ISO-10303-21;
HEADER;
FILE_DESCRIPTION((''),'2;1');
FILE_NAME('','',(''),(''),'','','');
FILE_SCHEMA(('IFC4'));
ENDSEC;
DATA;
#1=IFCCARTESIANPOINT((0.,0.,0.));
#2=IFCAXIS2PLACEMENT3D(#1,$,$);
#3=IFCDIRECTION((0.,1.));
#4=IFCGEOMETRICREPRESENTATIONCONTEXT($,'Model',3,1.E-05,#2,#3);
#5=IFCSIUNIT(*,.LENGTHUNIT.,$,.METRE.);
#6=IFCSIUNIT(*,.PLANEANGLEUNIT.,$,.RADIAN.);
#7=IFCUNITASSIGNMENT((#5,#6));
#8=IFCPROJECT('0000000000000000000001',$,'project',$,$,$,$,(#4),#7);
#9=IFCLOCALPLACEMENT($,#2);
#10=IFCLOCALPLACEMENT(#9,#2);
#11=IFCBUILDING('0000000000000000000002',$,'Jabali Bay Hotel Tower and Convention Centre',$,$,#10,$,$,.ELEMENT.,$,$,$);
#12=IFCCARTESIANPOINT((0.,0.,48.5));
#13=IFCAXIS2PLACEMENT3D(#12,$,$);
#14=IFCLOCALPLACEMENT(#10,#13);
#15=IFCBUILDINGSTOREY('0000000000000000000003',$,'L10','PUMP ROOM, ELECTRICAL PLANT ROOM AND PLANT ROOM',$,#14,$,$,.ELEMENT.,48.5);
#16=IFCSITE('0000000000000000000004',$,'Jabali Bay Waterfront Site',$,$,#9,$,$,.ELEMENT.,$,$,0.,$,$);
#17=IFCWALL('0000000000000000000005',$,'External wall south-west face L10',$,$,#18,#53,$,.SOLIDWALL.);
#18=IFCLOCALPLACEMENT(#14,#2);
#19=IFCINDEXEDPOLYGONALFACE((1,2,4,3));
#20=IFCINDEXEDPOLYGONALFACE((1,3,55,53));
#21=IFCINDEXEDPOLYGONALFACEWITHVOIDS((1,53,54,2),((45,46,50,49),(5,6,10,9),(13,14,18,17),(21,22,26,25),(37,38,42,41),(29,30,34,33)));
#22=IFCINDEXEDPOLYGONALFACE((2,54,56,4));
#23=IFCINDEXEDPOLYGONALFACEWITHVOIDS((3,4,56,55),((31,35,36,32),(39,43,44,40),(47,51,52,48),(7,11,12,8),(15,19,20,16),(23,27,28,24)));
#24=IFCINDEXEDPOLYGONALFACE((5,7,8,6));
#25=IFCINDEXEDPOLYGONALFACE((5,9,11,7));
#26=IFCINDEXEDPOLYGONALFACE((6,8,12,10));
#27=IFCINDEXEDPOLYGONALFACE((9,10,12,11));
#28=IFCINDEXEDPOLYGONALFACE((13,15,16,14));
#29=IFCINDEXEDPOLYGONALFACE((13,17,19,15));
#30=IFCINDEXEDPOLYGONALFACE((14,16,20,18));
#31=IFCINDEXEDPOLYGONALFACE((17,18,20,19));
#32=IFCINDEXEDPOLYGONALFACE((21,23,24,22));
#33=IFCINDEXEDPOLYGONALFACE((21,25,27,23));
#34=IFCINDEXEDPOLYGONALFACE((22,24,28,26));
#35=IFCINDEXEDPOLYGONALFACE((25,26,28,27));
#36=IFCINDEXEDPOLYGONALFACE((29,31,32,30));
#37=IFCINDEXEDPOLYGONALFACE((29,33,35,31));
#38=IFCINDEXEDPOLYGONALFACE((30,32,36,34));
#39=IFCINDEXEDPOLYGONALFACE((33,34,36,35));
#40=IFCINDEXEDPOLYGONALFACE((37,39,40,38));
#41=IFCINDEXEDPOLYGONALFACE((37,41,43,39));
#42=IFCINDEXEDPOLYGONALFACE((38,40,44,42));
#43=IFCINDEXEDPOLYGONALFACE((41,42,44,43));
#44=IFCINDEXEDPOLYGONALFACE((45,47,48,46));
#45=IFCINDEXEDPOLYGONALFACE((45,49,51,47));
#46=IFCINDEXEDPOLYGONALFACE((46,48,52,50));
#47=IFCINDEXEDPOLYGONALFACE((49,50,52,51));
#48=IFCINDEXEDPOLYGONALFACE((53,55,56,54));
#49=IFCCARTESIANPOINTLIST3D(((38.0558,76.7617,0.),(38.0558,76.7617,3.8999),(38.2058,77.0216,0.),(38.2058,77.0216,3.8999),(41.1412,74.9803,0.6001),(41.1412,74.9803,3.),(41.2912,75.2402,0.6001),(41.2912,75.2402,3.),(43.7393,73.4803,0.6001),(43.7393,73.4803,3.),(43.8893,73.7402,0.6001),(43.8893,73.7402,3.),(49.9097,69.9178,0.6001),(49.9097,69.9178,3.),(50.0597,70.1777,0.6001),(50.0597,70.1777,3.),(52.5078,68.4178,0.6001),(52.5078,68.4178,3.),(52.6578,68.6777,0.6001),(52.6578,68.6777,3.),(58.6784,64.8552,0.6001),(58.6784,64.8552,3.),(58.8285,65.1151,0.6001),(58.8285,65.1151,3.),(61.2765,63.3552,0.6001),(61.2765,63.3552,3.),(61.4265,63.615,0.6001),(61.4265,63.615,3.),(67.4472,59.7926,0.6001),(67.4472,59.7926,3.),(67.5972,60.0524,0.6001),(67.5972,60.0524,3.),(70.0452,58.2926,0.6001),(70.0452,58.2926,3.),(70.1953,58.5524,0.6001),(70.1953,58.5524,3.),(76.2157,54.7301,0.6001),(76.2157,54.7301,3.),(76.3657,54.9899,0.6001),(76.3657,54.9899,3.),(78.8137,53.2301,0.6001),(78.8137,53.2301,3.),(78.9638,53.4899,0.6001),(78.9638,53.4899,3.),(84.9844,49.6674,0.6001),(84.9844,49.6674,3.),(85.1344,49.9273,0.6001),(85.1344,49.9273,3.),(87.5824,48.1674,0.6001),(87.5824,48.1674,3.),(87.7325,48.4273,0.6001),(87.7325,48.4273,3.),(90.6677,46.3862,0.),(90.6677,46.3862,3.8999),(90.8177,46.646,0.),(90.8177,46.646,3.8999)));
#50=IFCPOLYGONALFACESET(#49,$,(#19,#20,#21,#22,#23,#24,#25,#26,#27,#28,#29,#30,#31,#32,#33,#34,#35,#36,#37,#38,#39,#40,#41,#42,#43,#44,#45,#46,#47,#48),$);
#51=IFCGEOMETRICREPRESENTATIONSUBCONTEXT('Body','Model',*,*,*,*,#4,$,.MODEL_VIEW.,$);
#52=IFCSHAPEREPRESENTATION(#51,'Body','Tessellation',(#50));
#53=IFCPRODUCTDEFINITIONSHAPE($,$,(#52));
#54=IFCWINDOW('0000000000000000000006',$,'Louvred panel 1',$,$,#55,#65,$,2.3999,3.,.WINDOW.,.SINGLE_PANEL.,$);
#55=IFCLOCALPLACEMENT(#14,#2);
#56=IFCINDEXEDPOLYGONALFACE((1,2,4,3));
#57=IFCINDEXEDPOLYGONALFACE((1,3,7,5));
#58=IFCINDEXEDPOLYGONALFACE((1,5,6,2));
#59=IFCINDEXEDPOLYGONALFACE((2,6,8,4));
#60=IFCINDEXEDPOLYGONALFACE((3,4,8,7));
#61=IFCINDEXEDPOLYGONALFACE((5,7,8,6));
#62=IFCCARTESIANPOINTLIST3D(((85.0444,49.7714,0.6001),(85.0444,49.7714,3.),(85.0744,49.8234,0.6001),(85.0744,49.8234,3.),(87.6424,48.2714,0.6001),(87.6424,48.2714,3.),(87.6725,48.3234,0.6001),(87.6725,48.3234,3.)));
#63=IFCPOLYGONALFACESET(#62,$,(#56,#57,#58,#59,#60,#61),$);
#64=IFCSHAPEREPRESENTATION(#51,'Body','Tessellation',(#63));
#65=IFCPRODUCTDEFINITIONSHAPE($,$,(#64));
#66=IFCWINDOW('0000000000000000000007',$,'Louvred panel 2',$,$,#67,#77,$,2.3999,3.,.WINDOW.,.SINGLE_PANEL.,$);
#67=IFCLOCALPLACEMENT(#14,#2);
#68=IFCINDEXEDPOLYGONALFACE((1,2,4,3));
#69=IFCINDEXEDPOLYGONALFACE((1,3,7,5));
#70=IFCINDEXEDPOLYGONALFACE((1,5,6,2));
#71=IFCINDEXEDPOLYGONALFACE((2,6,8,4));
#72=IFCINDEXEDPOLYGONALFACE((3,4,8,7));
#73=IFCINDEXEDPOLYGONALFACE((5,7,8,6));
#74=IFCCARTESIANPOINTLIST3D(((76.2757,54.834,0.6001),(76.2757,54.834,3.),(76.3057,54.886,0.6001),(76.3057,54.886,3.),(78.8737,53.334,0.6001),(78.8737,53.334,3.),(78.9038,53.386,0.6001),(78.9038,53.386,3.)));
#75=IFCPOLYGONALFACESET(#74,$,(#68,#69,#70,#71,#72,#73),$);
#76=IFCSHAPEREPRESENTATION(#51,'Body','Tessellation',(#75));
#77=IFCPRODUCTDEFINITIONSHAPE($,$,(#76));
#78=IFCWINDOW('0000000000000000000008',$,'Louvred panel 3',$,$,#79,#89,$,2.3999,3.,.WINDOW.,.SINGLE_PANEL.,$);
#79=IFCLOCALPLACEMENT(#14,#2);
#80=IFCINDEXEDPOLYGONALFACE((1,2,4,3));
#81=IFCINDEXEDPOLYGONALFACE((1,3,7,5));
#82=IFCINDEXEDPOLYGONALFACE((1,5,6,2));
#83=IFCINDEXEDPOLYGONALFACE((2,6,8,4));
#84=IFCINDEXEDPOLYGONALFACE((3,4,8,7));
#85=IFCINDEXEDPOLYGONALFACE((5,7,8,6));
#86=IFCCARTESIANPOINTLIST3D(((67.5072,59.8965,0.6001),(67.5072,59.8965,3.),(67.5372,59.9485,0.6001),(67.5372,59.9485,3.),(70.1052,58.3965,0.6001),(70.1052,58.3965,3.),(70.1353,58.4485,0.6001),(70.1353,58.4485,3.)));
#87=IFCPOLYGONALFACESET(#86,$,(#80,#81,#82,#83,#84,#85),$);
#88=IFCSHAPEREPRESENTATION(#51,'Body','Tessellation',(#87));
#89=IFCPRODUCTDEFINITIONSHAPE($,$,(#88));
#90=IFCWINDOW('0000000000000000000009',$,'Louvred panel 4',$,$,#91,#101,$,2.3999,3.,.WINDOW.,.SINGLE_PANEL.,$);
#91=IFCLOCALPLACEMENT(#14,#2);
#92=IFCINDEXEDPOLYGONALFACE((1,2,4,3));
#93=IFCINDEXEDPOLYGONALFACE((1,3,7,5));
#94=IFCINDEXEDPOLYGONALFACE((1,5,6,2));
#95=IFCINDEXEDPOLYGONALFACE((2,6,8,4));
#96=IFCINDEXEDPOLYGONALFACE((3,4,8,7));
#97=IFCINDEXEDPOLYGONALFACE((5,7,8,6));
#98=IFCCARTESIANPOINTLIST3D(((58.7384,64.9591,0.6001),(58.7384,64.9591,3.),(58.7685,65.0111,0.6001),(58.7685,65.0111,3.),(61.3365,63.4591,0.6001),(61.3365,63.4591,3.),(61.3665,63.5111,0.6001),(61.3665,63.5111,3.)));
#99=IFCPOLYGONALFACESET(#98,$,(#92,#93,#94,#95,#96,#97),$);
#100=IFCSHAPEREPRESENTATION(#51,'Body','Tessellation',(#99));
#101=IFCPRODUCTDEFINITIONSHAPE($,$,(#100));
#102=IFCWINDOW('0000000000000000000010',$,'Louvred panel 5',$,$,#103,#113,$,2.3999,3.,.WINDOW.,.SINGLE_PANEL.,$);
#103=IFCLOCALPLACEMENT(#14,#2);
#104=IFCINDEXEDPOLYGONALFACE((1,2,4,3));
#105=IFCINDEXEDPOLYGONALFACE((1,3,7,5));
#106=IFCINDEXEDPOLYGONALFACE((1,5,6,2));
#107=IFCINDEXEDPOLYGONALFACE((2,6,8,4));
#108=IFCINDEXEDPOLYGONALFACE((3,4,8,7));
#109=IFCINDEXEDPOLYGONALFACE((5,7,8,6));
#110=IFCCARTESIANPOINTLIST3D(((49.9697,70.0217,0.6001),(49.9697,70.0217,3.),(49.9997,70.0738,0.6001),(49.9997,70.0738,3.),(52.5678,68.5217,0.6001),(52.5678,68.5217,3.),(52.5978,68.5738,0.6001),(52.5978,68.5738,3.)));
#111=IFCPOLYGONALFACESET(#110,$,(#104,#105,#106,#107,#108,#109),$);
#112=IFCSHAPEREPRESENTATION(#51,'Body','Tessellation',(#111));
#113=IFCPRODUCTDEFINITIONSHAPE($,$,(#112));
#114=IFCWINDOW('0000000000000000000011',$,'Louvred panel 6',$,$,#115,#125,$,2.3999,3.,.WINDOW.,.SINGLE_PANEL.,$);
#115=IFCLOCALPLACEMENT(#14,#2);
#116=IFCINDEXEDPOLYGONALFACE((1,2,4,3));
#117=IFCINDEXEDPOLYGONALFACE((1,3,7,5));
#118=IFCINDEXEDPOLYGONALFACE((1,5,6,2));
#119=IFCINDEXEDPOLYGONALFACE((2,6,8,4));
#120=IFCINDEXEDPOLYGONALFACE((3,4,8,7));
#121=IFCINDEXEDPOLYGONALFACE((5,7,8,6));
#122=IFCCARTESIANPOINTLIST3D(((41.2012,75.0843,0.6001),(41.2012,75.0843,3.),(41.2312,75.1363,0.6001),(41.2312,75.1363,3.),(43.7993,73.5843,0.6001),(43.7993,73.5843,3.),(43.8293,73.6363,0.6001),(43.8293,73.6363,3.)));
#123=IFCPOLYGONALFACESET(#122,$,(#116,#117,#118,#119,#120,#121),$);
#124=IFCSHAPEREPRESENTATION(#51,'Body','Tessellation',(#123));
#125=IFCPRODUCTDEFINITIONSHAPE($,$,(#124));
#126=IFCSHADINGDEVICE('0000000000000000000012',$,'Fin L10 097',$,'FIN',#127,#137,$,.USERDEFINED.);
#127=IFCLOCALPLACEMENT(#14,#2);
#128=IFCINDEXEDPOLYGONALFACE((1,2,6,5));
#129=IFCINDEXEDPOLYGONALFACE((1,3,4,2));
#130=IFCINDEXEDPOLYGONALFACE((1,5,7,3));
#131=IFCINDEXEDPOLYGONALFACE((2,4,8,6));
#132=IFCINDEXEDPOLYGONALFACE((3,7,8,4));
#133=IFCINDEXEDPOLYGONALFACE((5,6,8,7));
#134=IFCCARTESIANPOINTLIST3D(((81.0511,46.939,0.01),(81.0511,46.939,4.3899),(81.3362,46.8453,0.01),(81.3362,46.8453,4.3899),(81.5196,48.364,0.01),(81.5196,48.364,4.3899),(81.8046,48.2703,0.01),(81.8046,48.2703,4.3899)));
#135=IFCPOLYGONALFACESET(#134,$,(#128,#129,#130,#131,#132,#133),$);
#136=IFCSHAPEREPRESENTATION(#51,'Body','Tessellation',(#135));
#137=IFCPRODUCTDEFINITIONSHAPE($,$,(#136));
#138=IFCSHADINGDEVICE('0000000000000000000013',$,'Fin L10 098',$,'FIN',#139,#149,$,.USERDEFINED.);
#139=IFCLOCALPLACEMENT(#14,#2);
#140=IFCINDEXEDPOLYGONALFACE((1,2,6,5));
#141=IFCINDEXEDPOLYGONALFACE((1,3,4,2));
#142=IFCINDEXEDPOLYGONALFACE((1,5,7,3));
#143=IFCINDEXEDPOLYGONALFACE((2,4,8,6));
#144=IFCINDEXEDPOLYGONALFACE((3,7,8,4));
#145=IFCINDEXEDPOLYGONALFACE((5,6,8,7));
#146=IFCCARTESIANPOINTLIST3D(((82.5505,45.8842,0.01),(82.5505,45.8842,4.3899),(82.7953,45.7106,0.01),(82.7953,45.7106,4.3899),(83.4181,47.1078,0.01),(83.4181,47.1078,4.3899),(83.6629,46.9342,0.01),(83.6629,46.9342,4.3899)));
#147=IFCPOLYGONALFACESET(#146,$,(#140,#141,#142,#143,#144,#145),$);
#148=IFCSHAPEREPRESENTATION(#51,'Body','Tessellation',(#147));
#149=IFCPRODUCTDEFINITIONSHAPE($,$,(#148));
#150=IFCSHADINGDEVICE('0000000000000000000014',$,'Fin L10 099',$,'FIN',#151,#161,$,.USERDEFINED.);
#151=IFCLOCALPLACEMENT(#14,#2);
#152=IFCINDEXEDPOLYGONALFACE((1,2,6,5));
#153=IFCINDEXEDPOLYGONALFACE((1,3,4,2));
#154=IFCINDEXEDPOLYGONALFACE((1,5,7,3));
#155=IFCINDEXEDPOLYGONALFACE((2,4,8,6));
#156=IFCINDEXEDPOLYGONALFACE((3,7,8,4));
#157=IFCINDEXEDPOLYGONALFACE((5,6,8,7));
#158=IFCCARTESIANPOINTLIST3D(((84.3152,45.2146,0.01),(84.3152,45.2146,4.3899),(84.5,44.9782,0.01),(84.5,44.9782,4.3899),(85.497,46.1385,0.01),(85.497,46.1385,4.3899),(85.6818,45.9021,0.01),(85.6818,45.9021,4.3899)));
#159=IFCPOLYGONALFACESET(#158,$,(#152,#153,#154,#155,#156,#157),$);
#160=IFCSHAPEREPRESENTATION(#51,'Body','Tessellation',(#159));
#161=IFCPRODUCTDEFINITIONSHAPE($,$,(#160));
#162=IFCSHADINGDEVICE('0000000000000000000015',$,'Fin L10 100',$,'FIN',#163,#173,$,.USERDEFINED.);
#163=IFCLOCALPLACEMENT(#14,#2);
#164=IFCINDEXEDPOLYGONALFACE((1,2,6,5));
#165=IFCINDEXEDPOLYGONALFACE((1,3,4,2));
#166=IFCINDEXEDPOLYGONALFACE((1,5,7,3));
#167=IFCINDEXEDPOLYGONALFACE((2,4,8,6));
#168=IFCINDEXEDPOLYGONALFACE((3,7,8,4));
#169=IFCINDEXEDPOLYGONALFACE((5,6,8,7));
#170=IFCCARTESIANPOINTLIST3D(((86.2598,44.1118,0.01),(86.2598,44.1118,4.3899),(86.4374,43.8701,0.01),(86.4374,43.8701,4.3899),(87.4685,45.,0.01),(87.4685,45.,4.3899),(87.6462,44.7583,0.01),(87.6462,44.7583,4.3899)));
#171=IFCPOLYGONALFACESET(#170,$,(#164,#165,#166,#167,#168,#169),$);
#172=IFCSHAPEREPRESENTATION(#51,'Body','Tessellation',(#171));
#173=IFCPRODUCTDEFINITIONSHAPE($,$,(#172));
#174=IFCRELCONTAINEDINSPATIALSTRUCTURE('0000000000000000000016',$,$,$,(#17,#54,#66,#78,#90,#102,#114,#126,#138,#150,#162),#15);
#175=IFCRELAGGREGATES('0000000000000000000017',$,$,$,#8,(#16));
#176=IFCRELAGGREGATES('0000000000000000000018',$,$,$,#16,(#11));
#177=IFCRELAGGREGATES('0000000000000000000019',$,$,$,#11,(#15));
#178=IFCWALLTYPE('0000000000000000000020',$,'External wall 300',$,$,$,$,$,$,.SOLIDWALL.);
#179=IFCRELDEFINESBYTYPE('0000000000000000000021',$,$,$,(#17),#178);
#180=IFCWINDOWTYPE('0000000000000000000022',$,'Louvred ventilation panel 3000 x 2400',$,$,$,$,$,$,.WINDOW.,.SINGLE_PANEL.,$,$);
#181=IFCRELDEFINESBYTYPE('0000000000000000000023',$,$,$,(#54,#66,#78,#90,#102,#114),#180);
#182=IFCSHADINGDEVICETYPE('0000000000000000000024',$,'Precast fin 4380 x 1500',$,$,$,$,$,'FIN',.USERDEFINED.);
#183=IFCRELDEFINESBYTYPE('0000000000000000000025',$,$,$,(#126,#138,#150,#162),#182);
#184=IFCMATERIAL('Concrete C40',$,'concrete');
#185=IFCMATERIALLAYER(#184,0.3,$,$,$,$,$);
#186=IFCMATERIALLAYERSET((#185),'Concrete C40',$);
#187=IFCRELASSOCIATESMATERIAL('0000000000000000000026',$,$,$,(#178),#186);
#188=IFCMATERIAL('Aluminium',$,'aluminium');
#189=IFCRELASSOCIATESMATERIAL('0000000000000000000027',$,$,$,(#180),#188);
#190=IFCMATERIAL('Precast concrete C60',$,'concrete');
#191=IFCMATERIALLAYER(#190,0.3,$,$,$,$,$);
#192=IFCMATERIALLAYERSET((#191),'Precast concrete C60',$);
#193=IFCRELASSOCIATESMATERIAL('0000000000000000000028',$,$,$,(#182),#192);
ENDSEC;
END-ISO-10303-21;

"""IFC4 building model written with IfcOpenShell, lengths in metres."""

from ifc_helpers import new_model, si_unit, direction, frame, frame_2d, origin, place, context, subcontext, project, spatial, rectangle, extrude, material, layer, layer_set, type_object, element, fill, save


model = new_model("IFC4")

# Units and contexts
model_context = context("Model", 3, precision=1e-05, world=origin(), true_north=direction((0.0, 1.0)))
body_context = subcontext(model_context, "Body", "Model", "MODEL_VIEW")
ifc_project = project(units=[si_unit("LENGTHUNIT", "METRE"), si_unit("PLANEANGLEUNIT", "RADIAN")], contexts=[model_context])

# Site, building, storey
site_placement = place(None, origin())
site = spatial("IfcSite", under=ifc_project, at=site_placement, Name="Jabali Bay Waterfront Site", CompositionType="ELEMENT", RefElevation=0.0)
building_placement = place(site_placement, origin())
building = spatial("IfcBuilding", under=site, at=building_placement, Name="Jabali Bay Hotel Tower and Convention Centre", CompositionType="ELEMENT")
storey_placement = place(building_placement, frame((0.0, 0.0, 48.5)))
storey = spatial("IfcBuildingStorey", under=building, at=storey_placement, Name="L10", Description="PUMP ROOM, ELECTRICAL PLANT ROOM AND PLANT ROOM", CompositionType="ELEMENT", Elevation=48.5)

# Wall, openings, windows
ifc_material_1 = material(Name="Concrete C40", Category="concrete")
ifc_layer_1 = layer(ifc_material_1, 0.3)
ifc_layer_set_1 = layer_set([ifc_layer_1], Name="Concrete C40")
wall_type = type_object("IfcWallType", Name="External wall 300", PredefinedType="SOLIDWALL", material=ifc_layer_set_1)
wall_placement = place(storey_placement, frame((90.7427, 46.5161, 0.0), z_axis=(0.0, 0.0, 1.0), x_axis=(-0.866025, 0.500001, 0.0)))
wall = element("IfcWall", 1, at=wall_placement, inside=storey, type_object=wall_type, Name="External wall south-west face L10", PredefinedType="SOLIDWALL", context=body_context, shape_type="SweptSolid", body=[
    extrude(rectangle(XDim=60.751, YDim=0.3, at=frame_2d((30.3755, 0.0))), origin(), (0.0, 0.0, 1.0), 3.8999),
])
opening_1_placement = place(wall_placement, frame((3.5625, 0.0, 0.6001)))
opening_1 = element("IfcOpeningElement", 2, at=opening_1_placement, cuts=wall, PredefinedType="OPENING", context=body_context, shape_type="SweptSolid", body=[
    extrude(rectangle(XDim=3.0, YDim=2.3999, at=frame_2d((1.5, 1.2))), frame((0.0, 0.1606, 0.0), z_axis=(0.0, -1.0, 0.0), x_axis=(1.0, 0.0, 0.0)), (0.0, 0.0, 1.0), 0.321),
])
opening_2_placement = place(wall_placement, frame((13.6877, 0.0, 0.6001)))
opening_2 = element("IfcOpeningElement", 3, at=opening_2_placement, cuts=wall, PredefinedType="OPENING", context=body_context, shape_type="SweptSolid", body=[
    extrude(rectangle(XDim=3.0, YDim=2.3999, at=frame_2d((1.5, 1.2))), frame((0.0, 0.1606, 0.0), z_axis=(0.0, -1.0, 0.0), x_axis=(1.0, 0.0, 0.0)), (0.0, 0.0, 1.0), 0.321),
])
opening_3_placement = place(wall_placement, frame((23.8127, 0.0, 0.6001)))
opening_3 = element("IfcOpeningElement", 4, at=opening_3_placement, cuts=wall, PredefinedType="OPENING", context=body_context, shape_type="SweptSolid", body=[
    extrude(rectangle(XDim=3.0, YDim=2.3999, at=frame_2d((1.5, 1.2))), frame((0.0, 0.1606, 0.0), z_axis=(0.0, -1.0, 0.0), x_axis=(1.0, 0.0, 0.0)), (0.0, 0.0, 1.0), 0.321),
])
opening_4_placement = place(wall_placement, frame((33.938, 0.0, 0.6001)))
opening_4 = element("IfcOpeningElement", 5, at=opening_4_placement, cuts=wall, PredefinedType="OPENING", context=body_context, shape_type="SweptSolid", body=[
    extrude(rectangle(XDim=3.0, YDim=2.3999, at=frame_2d((1.5, 1.2))), frame((0.0, 0.1606, 0.0), z_axis=(0.0, -1.0, 0.0), x_axis=(1.0, 0.0, 0.0)), (0.0, 0.0, 1.0), 0.321),
])
opening_5_placement = place(wall_placement, frame((44.0632, 0.0, 0.6001)))
opening_5 = element("IfcOpeningElement", 6, at=opening_5_placement, cuts=wall, PredefinedType="OPENING", context=body_context, shape_type="SweptSolid", body=[
    extrude(rectangle(XDim=3.0, YDim=2.3999, at=frame_2d((1.5, 1.2))), frame((0.0, 0.1606, 0.0), z_axis=(0.0, -1.0, 0.0), x_axis=(1.0, 0.0, 0.0)), (0.0, 0.0, 1.0), 0.321),
])
opening_6_placement = place(wall_placement, frame((54.1882, 0.0, 0.6001)))
opening_6 = element("IfcOpeningElement", 7, at=opening_6_placement, cuts=wall, PredefinedType="OPENING", context=body_context, shape_type="SweptSolid", body=[
    extrude(rectangle(XDim=3.0, YDim=2.3999, at=frame_2d((1.5, 1.2))), frame((0.0, 0.1606, 0.0), z_axis=(0.0, -1.0, 0.0), x_axis=(1.0, 0.0, 0.0)), (0.0, 0.0, 1.0), 0.321),
])
ifc_material_2 = material(Name="Aluminium", Category="aluminium")
window_type = type_object("IfcWindowType", Name="Louvred ventilation panel 3000 x 2400", PartitioningType="SINGLE_PANEL", PredefinedType="WINDOW", material=ifc_material_2)
window_1_placement = place(opening_1_placement, origin())
window_1 = element("IfcWindow", 8, at=window_1_placement, inside=storey, type_object=window_type, Name="Louvred panel 1", OverallHeight=2.3999, OverallWidth=3.0, PartitioningType="SINGLE_PANEL", PredefinedType="WINDOW", context=body_context, shape_type="SweptSolid", body=[
    extrude(rectangle(XDim=3.0, YDim=2.3999, at=frame_2d((1.5, 1.2))), frame((0.0, 0.03, 0.0), z_axis=(0.0, -1.0, 0.0), x_axis=(1.0, 0.0, 0.0)), (0.0, 0.0, 1.0), 0.0601),
])
fill(opening_1, window_1)
window_2_placement = place(opening_2_placement, origin())
window_2 = element("IfcWindow", 9, at=window_2_placement, inside=storey, type_object=window_type, Name="Louvred panel 2", OverallHeight=2.3999, OverallWidth=3.0, PartitioningType="SINGLE_PANEL", PredefinedType="WINDOW", context=body_context, shape_type="SweptSolid", body=[
    extrude(rectangle(XDim=3.0, YDim=2.3999, at=frame_2d((1.5, 1.2))), frame((0.0, 0.03, 0.0), z_axis=(0.0, -1.0, 0.0), x_axis=(1.0, 0.0, 0.0)), (0.0, 0.0, 1.0), 0.0601),
])
fill(opening_2, window_2)
window_3_placement = place(opening_3_placement, origin())
window_3 = element("IfcWindow", 10, at=window_3_placement, inside=storey, type_object=window_type, Name="Louvred panel 3", OverallHeight=2.3999, OverallWidth=3.0, PartitioningType="SINGLE_PANEL", PredefinedType="WINDOW", context=body_context, shape_type="SweptSolid", body=[
    extrude(rectangle(XDim=3.0, YDim=2.3999, at=frame_2d((1.5, 1.2))), frame((0.0, 0.03, 0.0), z_axis=(0.0, -1.0, 0.0), x_axis=(1.0, 0.0, 0.0)), (0.0, 0.0, 1.0), 0.0601),
])
fill(opening_3, window_3)
window_4_placement = place(opening_4_placement, origin())
window_4 = element("IfcWindow", 11, at=window_4_placement, inside=storey, type_object=window_type, Name="Louvred panel 4", OverallHeight=2.3999, OverallWidth=3.0, PartitioningType="SINGLE_PANEL", PredefinedType="WINDOW", context=body_context, shape_type="SweptSolid", body=[
    extrude(rectangle(XDim=3.0, YDim=2.3999, at=frame_2d((1.5, 1.2))), frame((0.0, 0.03, 0.0), z_axis=(0.0, -1.0, 0.0), x_axis=(1.0, 0.0, 0.0)), (0.0, 0.0, 1.0), 0.0601),
])
fill(opening_4, window_4)
window_5_placement = place(opening_5_placement, origin())
window_5 = element("IfcWindow", 12, at=window_5_placement, inside=storey, type_object=window_type, Name="Louvred panel 5", OverallHeight=2.3999, OverallWidth=3.0, PartitioningType="SINGLE_PANEL", PredefinedType="WINDOW", context=body_context, shape_type="SweptSolid", body=[
    extrude(rectangle(XDim=3.0, YDim=2.3999, at=frame_2d((1.5, 1.2))), frame((0.0, 0.03, 0.0), z_axis=(0.0, -1.0, 0.0), x_axis=(1.0, 0.0, 0.0)), (0.0, 0.0, 1.0), 0.0601),
])
fill(opening_5, window_5)
window_6_placement = place(opening_6_placement, origin())
window_6 = element("IfcWindow", 13, at=window_6_placement, inside=storey, type_object=window_type, Name="Louvred panel 6", OverallHeight=2.3999, OverallWidth=3.0, PartitioningType="SINGLE_PANEL", PredefinedType="WINDOW", context=body_context, shape_type="SweptSolid", body=[
    extrude(rectangle(XDim=3.0, YDim=2.3999, at=frame_2d((1.5, 1.2))), frame((0.0, 0.03, 0.0), z_axis=(0.0, -1.0, 0.0), x_axis=(1.0, 0.0, 0.0)), (0.0, 0.0, 1.0), 0.0601),
])
fill(opening_6, window_6)

# Shading devices
ifc_material_3 = material(Name="Precast concrete C60", Category="concrete")
ifc_layer_2 = layer(ifc_material_3, 0.3)
ifc_layer_set_2 = layer_set([ifc_layer_2], Name="Precast concrete C60")
shading_device_type = type_object("IfcShadingDeviceType", Name="Precast fin 4380 x 1500", ElementType="FIN", PredefinedType="USERDEFINED", material=ifc_layer_set_2)
for number, where, z_axis, x_axis, name in (
    (14, (81.6621, 48.3171, 0.01), (0.0, 0.0, 1.0), (-0.312319, -0.949977, 0.0), "Fin L10 097"),
    (15, (83.5405, 47.021, 0.01), (0.0, 0.0, 1.0), (-0.578433, -0.81573, 0.0), "Fin L10 098"),
    (16, (85.5894, 46.0203, 0.01), (0.0, 0.0, 1.0), (-0.787807, -0.615922, 0.0), "Fin L10 099"),
    (17, (87.5574, 44.8792, 0.01), (0.0, 0.0, 1.0), (-0.805841, -0.592133, 0.0), "Fin L10 100"),
):
    element("IfcShadingDevice", number, at=place(storey_placement, frame(where, z_axis=z_axis, x_axis=x_axis)), inside=storey, type_object=shading_device_type, Name=name, ObjectType="FIN", PredefinedType="USERDEFINED", context=body_context, shape_type="SweptSolid", body=[
        extrude(rectangle(XDim=1.5, YDim=0.3, at=frame_2d((0.75, 0.0))), origin(), (0.0, 0.0, 1.0), 4.3799),
    ])

save(model, "model.ifc")
